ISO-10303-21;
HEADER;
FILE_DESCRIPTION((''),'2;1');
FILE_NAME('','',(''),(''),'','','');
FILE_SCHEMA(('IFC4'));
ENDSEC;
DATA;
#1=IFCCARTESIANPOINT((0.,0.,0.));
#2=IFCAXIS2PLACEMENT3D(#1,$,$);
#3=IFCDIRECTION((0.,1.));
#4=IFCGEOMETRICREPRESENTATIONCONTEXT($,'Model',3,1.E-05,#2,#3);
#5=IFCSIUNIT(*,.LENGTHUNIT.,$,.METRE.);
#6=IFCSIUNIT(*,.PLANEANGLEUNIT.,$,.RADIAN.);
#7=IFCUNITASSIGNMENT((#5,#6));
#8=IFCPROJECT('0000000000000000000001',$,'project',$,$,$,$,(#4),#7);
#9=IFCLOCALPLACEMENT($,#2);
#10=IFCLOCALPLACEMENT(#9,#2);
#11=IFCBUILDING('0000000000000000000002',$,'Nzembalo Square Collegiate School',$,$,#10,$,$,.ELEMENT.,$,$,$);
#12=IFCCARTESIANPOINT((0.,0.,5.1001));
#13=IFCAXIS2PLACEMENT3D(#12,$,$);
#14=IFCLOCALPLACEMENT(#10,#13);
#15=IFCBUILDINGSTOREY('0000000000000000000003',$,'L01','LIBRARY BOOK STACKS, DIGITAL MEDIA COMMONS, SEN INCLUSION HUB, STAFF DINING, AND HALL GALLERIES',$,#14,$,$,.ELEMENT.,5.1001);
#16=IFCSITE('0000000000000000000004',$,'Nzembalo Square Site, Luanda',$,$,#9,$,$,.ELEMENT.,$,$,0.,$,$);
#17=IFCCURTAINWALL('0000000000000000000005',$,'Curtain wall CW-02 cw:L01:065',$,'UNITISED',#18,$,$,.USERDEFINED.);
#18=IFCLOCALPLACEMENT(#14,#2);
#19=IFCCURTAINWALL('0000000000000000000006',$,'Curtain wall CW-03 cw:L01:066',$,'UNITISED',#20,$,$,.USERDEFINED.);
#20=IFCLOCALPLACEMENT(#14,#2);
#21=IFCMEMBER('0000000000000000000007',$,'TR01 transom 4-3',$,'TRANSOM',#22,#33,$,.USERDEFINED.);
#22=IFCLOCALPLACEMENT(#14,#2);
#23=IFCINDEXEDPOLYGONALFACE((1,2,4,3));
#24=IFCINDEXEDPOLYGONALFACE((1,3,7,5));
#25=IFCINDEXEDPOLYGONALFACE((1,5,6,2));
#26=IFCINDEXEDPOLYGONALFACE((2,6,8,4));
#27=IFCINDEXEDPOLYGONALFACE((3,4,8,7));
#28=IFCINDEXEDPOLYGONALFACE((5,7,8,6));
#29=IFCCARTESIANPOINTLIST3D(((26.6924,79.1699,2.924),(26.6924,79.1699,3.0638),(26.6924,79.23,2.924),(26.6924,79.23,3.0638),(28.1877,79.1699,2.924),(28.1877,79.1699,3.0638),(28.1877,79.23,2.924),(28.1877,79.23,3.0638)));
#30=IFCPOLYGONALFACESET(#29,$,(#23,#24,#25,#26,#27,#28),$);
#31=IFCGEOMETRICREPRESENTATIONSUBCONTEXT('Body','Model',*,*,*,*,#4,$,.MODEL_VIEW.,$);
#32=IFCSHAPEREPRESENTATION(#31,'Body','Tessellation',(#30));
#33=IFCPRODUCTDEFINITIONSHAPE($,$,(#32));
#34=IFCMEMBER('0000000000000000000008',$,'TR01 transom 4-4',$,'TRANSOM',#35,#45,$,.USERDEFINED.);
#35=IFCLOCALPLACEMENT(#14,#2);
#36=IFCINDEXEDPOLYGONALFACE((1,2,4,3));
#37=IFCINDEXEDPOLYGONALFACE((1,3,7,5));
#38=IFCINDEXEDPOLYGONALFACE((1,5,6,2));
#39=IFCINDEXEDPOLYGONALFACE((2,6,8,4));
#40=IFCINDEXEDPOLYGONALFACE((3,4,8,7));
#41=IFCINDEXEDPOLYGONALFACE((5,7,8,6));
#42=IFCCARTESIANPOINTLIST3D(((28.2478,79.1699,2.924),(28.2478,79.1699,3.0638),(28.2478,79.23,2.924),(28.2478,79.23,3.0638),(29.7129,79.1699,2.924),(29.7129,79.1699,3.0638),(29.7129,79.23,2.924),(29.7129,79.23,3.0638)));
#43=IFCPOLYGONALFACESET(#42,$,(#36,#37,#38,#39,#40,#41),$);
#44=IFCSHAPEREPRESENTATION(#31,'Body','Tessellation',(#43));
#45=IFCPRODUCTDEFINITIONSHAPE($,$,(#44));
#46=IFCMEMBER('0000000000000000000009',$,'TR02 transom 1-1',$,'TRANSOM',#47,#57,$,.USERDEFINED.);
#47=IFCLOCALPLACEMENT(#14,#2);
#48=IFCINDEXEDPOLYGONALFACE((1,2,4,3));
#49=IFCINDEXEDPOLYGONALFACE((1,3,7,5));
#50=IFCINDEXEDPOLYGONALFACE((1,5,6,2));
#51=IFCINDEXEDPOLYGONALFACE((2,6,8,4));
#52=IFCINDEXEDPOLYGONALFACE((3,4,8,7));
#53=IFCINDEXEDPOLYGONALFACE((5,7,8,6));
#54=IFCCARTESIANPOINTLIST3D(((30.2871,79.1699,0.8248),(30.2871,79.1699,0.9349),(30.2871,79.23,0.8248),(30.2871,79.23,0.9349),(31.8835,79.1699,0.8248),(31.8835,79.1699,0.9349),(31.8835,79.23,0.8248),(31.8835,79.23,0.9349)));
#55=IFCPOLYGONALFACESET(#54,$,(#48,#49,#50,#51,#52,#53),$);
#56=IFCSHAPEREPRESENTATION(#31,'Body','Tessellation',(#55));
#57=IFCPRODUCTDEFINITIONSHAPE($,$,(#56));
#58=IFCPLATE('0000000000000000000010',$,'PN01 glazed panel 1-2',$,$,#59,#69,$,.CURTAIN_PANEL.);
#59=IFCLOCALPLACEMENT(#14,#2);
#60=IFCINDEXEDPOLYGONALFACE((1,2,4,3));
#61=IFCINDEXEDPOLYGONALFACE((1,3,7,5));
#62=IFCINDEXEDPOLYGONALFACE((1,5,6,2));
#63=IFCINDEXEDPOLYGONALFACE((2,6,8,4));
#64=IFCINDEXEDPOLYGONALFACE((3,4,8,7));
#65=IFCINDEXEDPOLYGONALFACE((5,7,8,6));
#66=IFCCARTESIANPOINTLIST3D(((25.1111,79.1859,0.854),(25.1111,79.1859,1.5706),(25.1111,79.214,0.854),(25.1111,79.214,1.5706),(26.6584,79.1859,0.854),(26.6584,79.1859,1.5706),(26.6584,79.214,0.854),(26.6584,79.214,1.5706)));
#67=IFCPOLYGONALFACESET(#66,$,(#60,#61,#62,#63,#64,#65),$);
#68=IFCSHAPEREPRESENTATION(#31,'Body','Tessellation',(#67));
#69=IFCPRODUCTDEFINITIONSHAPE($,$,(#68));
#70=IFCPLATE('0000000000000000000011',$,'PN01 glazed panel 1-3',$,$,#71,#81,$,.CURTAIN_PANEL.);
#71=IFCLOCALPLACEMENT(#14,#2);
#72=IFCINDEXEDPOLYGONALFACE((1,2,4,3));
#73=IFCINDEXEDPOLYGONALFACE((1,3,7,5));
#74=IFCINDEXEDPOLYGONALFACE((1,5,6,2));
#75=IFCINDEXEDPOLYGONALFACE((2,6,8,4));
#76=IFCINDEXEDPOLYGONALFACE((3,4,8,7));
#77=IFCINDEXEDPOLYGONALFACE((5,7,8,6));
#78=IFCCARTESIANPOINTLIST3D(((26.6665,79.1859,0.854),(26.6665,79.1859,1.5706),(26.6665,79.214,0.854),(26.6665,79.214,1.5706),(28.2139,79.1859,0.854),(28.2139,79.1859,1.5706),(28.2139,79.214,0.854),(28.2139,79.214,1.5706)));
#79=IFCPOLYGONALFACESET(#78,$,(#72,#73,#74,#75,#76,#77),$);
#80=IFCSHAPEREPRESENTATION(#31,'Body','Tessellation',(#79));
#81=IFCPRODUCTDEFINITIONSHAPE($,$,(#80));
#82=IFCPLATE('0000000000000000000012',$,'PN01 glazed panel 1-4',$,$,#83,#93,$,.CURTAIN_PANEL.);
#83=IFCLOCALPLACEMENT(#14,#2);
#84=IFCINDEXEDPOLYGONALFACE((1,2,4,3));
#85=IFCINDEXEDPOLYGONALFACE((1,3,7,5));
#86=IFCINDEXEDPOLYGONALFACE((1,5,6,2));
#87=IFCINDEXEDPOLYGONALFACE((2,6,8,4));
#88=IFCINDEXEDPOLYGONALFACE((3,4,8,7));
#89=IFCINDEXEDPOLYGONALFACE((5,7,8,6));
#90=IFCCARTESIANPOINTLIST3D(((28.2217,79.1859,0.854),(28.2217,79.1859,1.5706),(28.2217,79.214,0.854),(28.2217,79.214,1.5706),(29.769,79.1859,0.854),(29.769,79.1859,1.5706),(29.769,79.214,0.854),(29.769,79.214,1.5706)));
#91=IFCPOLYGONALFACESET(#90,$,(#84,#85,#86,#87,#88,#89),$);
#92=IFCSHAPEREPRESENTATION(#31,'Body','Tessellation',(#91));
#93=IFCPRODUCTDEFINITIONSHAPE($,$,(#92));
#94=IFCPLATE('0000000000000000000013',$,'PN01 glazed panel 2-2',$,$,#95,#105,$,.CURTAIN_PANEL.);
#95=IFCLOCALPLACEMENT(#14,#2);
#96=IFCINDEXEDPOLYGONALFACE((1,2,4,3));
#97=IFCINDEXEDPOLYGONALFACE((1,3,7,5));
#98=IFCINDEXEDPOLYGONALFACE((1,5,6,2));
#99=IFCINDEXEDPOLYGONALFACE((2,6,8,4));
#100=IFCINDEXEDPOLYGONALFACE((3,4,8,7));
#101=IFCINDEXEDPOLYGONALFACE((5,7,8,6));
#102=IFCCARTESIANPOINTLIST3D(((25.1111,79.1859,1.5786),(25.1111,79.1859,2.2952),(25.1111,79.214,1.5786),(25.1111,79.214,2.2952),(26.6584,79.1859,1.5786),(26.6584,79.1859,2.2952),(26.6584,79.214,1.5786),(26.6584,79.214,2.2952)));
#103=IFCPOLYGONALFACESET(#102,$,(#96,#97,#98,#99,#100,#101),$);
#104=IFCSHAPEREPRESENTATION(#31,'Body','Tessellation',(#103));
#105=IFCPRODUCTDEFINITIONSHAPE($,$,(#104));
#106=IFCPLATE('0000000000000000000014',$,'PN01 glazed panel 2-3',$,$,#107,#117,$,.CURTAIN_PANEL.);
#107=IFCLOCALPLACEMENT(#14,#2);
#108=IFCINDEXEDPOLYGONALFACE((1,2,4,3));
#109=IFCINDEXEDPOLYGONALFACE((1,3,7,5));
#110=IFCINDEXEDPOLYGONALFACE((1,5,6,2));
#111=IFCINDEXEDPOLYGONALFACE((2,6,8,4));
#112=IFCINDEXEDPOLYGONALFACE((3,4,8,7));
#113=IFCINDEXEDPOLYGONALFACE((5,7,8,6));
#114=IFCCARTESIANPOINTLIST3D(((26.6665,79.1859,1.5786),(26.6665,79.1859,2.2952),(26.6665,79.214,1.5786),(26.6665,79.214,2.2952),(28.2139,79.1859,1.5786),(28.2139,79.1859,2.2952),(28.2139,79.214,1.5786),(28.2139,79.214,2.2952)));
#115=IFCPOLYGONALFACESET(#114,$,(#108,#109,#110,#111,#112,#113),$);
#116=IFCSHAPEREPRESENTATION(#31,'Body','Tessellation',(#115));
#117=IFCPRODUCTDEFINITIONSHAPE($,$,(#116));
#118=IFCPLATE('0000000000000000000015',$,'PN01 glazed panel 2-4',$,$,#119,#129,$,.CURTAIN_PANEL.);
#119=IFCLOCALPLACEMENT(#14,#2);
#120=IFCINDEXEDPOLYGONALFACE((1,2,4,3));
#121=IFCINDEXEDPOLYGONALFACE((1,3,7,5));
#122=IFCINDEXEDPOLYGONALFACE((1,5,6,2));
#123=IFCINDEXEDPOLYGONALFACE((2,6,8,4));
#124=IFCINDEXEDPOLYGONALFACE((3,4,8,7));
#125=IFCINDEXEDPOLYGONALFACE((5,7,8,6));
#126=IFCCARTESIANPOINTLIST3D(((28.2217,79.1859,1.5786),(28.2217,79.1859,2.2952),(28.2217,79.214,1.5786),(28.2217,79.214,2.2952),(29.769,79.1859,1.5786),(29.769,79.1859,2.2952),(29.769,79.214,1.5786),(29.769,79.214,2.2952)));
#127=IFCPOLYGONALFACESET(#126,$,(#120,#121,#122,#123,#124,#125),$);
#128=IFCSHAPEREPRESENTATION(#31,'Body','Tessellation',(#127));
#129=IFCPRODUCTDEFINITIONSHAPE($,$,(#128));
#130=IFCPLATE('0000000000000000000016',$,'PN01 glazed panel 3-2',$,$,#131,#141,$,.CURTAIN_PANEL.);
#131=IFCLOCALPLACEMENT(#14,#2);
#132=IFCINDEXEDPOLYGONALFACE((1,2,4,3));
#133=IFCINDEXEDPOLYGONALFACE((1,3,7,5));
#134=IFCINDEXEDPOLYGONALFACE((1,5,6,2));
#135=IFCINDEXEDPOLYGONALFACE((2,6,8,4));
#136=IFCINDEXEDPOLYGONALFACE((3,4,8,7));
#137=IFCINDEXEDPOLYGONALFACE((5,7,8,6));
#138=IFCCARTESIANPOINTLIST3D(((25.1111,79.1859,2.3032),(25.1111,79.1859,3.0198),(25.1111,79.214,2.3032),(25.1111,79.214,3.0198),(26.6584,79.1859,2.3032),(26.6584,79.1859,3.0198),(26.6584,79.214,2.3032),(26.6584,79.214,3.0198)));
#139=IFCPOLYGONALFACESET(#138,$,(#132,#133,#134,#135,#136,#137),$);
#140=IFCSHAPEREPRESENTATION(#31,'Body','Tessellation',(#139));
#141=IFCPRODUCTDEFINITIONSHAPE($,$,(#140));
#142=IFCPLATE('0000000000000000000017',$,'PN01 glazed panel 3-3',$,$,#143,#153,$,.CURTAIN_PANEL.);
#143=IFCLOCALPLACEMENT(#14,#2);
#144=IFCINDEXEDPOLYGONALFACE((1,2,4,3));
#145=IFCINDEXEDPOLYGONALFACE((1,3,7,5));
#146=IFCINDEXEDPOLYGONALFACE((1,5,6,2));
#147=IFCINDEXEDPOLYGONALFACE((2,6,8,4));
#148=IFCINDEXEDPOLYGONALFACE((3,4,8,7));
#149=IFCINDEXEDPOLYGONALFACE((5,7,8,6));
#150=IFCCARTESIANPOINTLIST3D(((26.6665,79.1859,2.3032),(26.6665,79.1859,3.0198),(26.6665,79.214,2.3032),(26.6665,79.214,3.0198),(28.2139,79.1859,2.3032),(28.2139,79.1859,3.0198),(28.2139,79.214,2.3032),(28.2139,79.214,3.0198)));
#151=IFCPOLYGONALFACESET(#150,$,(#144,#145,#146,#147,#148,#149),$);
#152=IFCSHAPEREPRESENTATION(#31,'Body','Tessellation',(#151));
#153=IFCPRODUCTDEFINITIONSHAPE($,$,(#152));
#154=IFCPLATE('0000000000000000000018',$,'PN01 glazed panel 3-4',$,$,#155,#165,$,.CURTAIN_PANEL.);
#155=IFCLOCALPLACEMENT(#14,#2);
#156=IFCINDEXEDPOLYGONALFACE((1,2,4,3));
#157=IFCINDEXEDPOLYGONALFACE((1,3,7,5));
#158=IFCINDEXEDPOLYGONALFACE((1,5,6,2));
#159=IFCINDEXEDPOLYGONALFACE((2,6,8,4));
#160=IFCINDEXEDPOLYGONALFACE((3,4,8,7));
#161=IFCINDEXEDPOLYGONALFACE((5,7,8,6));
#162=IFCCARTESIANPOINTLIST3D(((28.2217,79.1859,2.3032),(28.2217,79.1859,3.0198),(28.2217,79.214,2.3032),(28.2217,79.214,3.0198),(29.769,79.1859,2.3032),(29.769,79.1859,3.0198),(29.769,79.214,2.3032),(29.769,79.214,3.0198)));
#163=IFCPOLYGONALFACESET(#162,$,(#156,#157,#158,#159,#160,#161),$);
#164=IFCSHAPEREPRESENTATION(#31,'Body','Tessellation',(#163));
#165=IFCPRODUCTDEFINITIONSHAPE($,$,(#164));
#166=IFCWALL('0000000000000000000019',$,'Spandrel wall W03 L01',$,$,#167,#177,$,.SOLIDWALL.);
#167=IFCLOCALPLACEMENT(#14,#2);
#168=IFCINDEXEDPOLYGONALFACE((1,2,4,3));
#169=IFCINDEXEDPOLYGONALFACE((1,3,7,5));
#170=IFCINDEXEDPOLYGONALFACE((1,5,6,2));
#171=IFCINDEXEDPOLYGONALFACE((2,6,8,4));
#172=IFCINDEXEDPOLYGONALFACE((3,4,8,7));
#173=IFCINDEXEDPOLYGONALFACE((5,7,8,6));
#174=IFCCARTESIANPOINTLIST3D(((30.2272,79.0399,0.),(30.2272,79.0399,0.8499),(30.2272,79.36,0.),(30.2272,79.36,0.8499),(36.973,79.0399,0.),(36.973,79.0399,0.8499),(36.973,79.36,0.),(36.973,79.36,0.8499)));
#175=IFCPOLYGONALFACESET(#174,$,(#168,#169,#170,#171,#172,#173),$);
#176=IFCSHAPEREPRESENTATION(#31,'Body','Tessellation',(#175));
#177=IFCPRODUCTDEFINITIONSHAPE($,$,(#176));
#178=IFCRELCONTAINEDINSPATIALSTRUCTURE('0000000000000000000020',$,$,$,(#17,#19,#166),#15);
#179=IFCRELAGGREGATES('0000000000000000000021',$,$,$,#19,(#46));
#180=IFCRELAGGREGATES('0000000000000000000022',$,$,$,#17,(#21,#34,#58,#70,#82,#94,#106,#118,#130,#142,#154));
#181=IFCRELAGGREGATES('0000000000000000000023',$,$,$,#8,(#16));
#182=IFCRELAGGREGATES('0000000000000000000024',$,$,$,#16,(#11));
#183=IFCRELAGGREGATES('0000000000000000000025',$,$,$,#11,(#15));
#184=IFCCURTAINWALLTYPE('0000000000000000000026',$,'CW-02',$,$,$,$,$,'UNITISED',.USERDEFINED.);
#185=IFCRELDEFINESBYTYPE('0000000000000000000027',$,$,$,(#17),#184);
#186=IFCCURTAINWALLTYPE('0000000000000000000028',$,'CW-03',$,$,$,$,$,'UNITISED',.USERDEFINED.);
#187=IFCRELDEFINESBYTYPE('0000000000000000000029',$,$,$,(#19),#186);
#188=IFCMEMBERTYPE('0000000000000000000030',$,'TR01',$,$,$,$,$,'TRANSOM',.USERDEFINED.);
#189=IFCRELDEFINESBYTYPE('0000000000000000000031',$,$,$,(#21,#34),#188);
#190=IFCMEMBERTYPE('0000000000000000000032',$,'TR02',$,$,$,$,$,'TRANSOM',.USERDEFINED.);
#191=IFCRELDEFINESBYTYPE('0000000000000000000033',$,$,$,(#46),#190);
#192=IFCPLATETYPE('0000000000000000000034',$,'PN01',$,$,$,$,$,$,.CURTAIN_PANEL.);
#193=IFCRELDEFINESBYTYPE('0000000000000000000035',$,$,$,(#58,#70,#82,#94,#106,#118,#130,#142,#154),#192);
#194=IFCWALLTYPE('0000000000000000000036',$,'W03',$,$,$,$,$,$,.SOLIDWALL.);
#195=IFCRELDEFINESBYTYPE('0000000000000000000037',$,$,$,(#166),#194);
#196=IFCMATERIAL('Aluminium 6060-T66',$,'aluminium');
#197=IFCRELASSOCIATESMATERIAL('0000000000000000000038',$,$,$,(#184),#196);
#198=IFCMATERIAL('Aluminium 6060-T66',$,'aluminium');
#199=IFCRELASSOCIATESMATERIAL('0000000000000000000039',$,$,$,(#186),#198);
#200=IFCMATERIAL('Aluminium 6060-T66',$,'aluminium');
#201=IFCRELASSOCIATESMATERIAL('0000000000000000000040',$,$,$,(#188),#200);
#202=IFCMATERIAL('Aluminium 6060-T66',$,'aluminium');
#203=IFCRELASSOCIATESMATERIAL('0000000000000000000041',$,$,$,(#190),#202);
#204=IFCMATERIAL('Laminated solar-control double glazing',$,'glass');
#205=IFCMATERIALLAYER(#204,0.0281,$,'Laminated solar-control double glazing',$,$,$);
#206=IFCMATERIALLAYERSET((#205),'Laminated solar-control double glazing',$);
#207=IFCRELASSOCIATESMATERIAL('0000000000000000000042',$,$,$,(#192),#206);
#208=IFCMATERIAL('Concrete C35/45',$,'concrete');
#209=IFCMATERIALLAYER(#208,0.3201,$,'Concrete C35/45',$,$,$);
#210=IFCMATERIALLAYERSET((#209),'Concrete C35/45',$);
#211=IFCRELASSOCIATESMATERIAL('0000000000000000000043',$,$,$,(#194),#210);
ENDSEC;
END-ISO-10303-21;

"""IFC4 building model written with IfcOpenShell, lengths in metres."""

from ifc_helpers import new_model, si_unit, direction, frame, frame_2d, origin, origin_2d, place, context, subcontext, project, spatial, rectangle, extrude, material, layer, layer_set, material_profile, profile_set, type_object, element, aggregate, save


model = new_model("IFC4")

# Units and contexts
model_context = context("Model", 3, precision=1e-05, world=origin(), true_north=direction((0.0, 1.0)))
body_context = subcontext(model_context, "Body", "Model", "MODEL_VIEW")
ifc_project = project(units=[si_unit("LENGTHUNIT", "METRE"), si_unit("PLANEANGLEUNIT", "RADIAN")], contexts=[model_context])

# Site, building, storey
site_placement = place(None, origin())
site = spatial("IfcSite", under=ifc_project, at=site_placement, Name="Nzembalo Square Site, Luanda", CompositionType="ELEMENT", RefElevation=0.0)
building_placement = place(site_placement, origin())
building = spatial("IfcBuilding", under=site, at=building_placement, Name="Nzembalo Square Collegiate School", CompositionType="ELEMENT")
storey_placement = place(building_placement, frame((0.0, 0.0, 5.1001)))
storey = spatial("IfcBuildingStorey", under=building, at=storey_placement, Name="L01", Description="LIBRARY BOOK STACKS, DIGITAL MEDIA COMMONS, SEN INCLUSION HUB, STAFF DINING, AND HALL GALLERIES", CompositionType="ELEMENT", Elevation=5.1001)

# Curtain wall
ifc_material_1 = material(Name="Aluminium 6060-T66", Category="aluminium")
curtain_wall_type_1 = type_object("IfcCurtainWallType", Name="CW-02", ElementType="UNITISED", PredefinedType="USERDEFINED", material=ifc_material_1)
curtain_wall_1_placement = place(storey_placement, origin())
curtain_wall_1 = element("IfcCurtainWall", 1, at=curtain_wall_1_placement, inside=storey, type_object=curtain_wall_type_1, Name="Curtain wall CW-02 cw:L01:065", ObjectType="UNITISED", PredefinedType="USERDEFINED")

# Curtain wall
ifc_material_2 = material(Name="Aluminium 6060-T66", Category="aluminium")
curtain_wall_type_2 = type_object("IfcCurtainWallType", Name="CW-03", ElementType="UNITISED", PredefinedType="USERDEFINED", material=ifc_material_2)
curtain_wall_2_placement = place(storey_placement, origin())
curtain_wall_2 = element("IfcCurtainWall", 2, at=curtain_wall_2_placement, inside=storey, type_object=curtain_wall_type_2, Name="Curtain wall CW-03 cw:L01:066", ObjectType="UNITISED", PredefinedType="USERDEFINED")

# Members
ifc_material_3 = material(Name="Aluminium 6060-T66", Category="aluminium")
ifc_material_profile_1 = material_profile(ifc_material_3, rectangle(XDim=0.0601, YDim=0.1399, at=origin_2d()), Name="ALU T60x140")
ifc_profile_set_1 = profile_set([ifc_material_profile_1], Name="Aluminium 6060-T66")
member_type_1 = type_object("IfcMemberType", Name="TR01", ElementType="TRANSOM", PredefinedType="USERDEFINED", material=ifc_profile_set_1)
member_1_placement = place(storey_placement, frame((26.6924, 79.2, 2.9939), z_axis=(1.0, 0.0, 0.0), x_axis=(0.0, 1.0, 0.0)))
member_1 = element("IfcMember", 3, at=member_1_placement, type_object=member_type_1, Name="TR01 transom 4-3", ObjectType="TRANSOM", PredefinedType="USERDEFINED", context=body_context, shape_type="SweptSolid", body=[
    extrude(rectangle(XDim=0.0601, YDim=0.1399, at=origin_2d()), origin(), (0.0, 0.0, 1.0), 1.4954),
])
member_2_placement = place(storey_placement, frame((28.2478, 79.2, 2.9939), z_axis=(1.0, 0.0, 0.0), x_axis=(0.0, 1.0, 0.0)))
member_2 = element("IfcMember", 4, at=member_2_placement, type_object=member_type_1, Name="TR01 transom 4-4", ObjectType="TRANSOM", PredefinedType="USERDEFINED", context=body_context, shape_type="SweptSolid", body=[
    extrude(rectangle(XDim=0.0601, YDim=0.1399, at=origin_2d()), origin(), (0.0, 0.0, 1.0), 1.4651),
])
ifc_material_4 = material(Name="Aluminium 6060-T66", Category="aluminium")
ifc_material_profile_2 = material_profile(ifc_material_4, rectangle(XDim=0.0601, YDim=0.1101, at=origin_2d()), Name="ALU T60x110")
ifc_profile_set_2 = profile_set([ifc_material_profile_2], Name="Aluminium 6060-T66")
member_type_2 = type_object("IfcMemberType", Name="TR02", ElementType="TRANSOM", PredefinedType="USERDEFINED", material=ifc_profile_set_2)
member_3_placement = place(storey_placement, frame((30.2871, 79.2, 0.8799), z_axis=(1.0, 0.0, 0.0), x_axis=(0.0, 1.0, 0.0)))
member_3 = element("IfcMember", 5, at=member_3_placement, type_object=member_type_2, Name="TR02 transom 1-1", ObjectType="TRANSOM", PredefinedType="USERDEFINED", context=body_context, shape_type="SweptSolid", body=[
    extrude(rectangle(XDim=0.0601, YDim=0.1101, at=origin_2d()), origin(), (0.0, 0.0, 1.0), 1.5964),
])
aggregate(curtain_wall_2, [member_3])

# Plates
ifc_material_5 = material(Name="Laminated solar-control double glazing", Category="glass")
ifc_layer_1 = layer(ifc_material_5, 0.0281, Name="Laminated solar-control double glazing")
ifc_layer_set_1 = layer_set([ifc_layer_1], Name="Laminated solar-control double glazing")
plate_type = type_object("IfcPlateType", Name="PN01", PredefinedType="CURTAIN_PANEL", material=ifc_layer_set_1)
plate_1_placement = place(storey_placement, frame((25.8848, 79.2, 0.854), z_axis=(0.0, 0.0, 1.0), x_axis=(1.0, 0.0, 0.0)))
plate_1 = element("IfcPlate", 6, at=plate_1_placement, type_object=plate_type, Name="PN01 glazed panel 1-2", PredefinedType="CURTAIN_PANEL", context=body_context, shape_type="SweptSolid", body=[
    extrude(rectangle(XDim=1.5474, YDim=0.0281, at=origin_2d()), origin(), (0.0, 0.0, 1.0), 0.7166),
])
plate_2_placement = place(storey_placement, frame((27.4402, 79.2, 0.854), z_axis=(0.0, 0.0, 1.0), x_axis=(1.0, 0.0, 0.0)))
plate_2 = element("IfcPlate", 7, at=plate_2_placement, type_object=plate_type, Name="PN01 glazed panel 1-3", PredefinedType="CURTAIN_PANEL", context=body_context, shape_type="SweptSolid", body=[
    extrude(rectangle(XDim=1.5474, YDim=0.0281, at=origin_2d()), origin(), (0.0, 0.0, 1.0), 0.7166),
])
plate_3_placement = place(storey_placement, frame((28.9954, 79.2, 0.854), z_axis=(0.0, 0.0, 1.0), x_axis=(1.0, 0.0, 0.0)))
plate_3 = element("IfcPlate", 8, at=plate_3_placement, type_object=plate_type, Name="PN01 glazed panel 1-4", PredefinedType="CURTAIN_PANEL", context=body_context, shape_type="SweptSolid", body=[
    extrude(rectangle(XDim=1.5474, YDim=0.0281, at=origin_2d()), origin(), (0.0, 0.0, 1.0), 0.7166),
])
plate_4_placement = place(storey_placement, frame((25.8848, 79.2, 1.5786), z_axis=(0.0, 0.0, 1.0), x_axis=(1.0, 0.0, 0.0)))
plate_4 = element("IfcPlate", 9, at=plate_4_placement, type_object=plate_type, Name="PN01 glazed panel 2-2", PredefinedType="CURTAIN_PANEL", context=body_context, shape_type="SweptSolid", body=[
    extrude(rectangle(XDim=1.5474, YDim=0.0281, at=origin_2d()), origin(), (0.0, 0.0, 1.0), 0.7166),
])
plate_5_placement = place(storey_placement, frame((27.4402, 79.2, 1.5786), z_axis=(0.0, 0.0, 1.0), x_axis=(1.0, 0.0, 0.0)))
plate_5 = element("IfcPlate", 10, at=plate_5_placement, type_object=plate_type, Name="PN01 glazed panel 2-3", PredefinedType="CURTAIN_PANEL", context=body_context, shape_type="SweptSolid", body=[
    extrude(rectangle(XDim=1.5474, YDim=0.0281, at=origin_2d()), origin(), (0.0, 0.0, 1.0), 0.7166),
])
plate_6_placement = place(storey_placement, frame((28.9954, 79.2, 1.5786), z_axis=(0.0, 0.0, 1.0), x_axis=(1.0, 0.0, 0.0)))
plate_6 = element("IfcPlate", 11, at=plate_6_placement, type_object=plate_type, Name="PN01 glazed panel 2-4", PredefinedType="CURTAIN_PANEL", context=body_context, shape_type="SweptSolid", body=[
    extrude(rectangle(XDim=1.5474, YDim=0.0281, at=origin_2d()), origin(), (0.0, 0.0, 1.0), 0.7166),
])
plate_7_placement = place(storey_placement, frame((25.8848, 79.2, 2.3032), z_axis=(0.0, 0.0, 1.0), x_axis=(1.0, 0.0, 0.0)))
plate_7 = element("IfcPlate", 12, at=plate_7_placement, type_object=plate_type, Name="PN01 glazed panel 3-2", PredefinedType="CURTAIN_PANEL", context=body_context, shape_type="SweptSolid", body=[
    extrude(rectangle(XDim=1.5474, YDim=0.0281, at=origin_2d()), origin(), (0.0, 0.0, 1.0), 0.7166),
])
plate_8_placement = place(storey_placement, frame((27.4402, 79.2, 2.3032), z_axis=(0.0, 0.0, 1.0), x_axis=(1.0, 0.0, 0.0)))
plate_8 = element("IfcPlate", 13, at=plate_8_placement, type_object=plate_type, Name="PN01 glazed panel 3-3", PredefinedType="CURTAIN_PANEL", context=body_context, shape_type="SweptSolid", body=[
    extrude(rectangle(XDim=1.5474, YDim=0.0281, at=origin_2d()), origin(), (0.0, 0.0, 1.0), 0.7166),
])
plate_9_placement = place(storey_placement, frame((28.9954, 79.2, 2.3032), z_axis=(0.0, 0.0, 1.0), x_axis=(1.0, 0.0, 0.0)))
plate_9 = element("IfcPlate", 14, at=plate_9_placement, type_object=plate_type, Name="PN01 glazed panel 3-4", PredefinedType="CURTAIN_PANEL", context=body_context, shape_type="SweptSolid", body=[
    extrude(rectangle(XDim=1.5474, YDim=0.0281, at=origin_2d()), origin(), (0.0, 0.0, 1.0), 0.7166),
])
aggregate(curtain_wall_1, [member_1, member_2, plate_1, plate_2, plate_3, plate_4, plate_5, plate_6, plate_7, plate_8, plate_9])

# Wall
ifc_material_6 = material(Name="Concrete C35/45", Category="concrete")
ifc_layer_2 = layer(ifc_material_6, 0.3201, Name="Concrete C35/45")
ifc_layer_set_2 = layer_set([ifc_layer_2], Name="Concrete C35/45")
wall_type = type_object("IfcWallType", Name="W03", PredefinedType="SOLIDWALL", material=ifc_layer_set_2)
wall_placement = place(storey_placement, frame((30.2271, 79.2, 0.0), z_axis=(0.0, 0.0, 1.0), x_axis=(1.0, 0.0, 0.0)))
element("IfcWall", 15, at=wall_placement, inside=storey, type_object=wall_type, Name="Spandrel wall W03 L01", PredefinedType="SOLIDWALL", context=body_context, shape_type="SweptSolid", body=[
    extrude(rectangle(XDim=6.7458, YDim=0.3201, at=frame_2d((3.373, 0.0))), origin(), (0.0, 0.0, 1.0), 0.8499),
])

save(model, "model.ifc")
